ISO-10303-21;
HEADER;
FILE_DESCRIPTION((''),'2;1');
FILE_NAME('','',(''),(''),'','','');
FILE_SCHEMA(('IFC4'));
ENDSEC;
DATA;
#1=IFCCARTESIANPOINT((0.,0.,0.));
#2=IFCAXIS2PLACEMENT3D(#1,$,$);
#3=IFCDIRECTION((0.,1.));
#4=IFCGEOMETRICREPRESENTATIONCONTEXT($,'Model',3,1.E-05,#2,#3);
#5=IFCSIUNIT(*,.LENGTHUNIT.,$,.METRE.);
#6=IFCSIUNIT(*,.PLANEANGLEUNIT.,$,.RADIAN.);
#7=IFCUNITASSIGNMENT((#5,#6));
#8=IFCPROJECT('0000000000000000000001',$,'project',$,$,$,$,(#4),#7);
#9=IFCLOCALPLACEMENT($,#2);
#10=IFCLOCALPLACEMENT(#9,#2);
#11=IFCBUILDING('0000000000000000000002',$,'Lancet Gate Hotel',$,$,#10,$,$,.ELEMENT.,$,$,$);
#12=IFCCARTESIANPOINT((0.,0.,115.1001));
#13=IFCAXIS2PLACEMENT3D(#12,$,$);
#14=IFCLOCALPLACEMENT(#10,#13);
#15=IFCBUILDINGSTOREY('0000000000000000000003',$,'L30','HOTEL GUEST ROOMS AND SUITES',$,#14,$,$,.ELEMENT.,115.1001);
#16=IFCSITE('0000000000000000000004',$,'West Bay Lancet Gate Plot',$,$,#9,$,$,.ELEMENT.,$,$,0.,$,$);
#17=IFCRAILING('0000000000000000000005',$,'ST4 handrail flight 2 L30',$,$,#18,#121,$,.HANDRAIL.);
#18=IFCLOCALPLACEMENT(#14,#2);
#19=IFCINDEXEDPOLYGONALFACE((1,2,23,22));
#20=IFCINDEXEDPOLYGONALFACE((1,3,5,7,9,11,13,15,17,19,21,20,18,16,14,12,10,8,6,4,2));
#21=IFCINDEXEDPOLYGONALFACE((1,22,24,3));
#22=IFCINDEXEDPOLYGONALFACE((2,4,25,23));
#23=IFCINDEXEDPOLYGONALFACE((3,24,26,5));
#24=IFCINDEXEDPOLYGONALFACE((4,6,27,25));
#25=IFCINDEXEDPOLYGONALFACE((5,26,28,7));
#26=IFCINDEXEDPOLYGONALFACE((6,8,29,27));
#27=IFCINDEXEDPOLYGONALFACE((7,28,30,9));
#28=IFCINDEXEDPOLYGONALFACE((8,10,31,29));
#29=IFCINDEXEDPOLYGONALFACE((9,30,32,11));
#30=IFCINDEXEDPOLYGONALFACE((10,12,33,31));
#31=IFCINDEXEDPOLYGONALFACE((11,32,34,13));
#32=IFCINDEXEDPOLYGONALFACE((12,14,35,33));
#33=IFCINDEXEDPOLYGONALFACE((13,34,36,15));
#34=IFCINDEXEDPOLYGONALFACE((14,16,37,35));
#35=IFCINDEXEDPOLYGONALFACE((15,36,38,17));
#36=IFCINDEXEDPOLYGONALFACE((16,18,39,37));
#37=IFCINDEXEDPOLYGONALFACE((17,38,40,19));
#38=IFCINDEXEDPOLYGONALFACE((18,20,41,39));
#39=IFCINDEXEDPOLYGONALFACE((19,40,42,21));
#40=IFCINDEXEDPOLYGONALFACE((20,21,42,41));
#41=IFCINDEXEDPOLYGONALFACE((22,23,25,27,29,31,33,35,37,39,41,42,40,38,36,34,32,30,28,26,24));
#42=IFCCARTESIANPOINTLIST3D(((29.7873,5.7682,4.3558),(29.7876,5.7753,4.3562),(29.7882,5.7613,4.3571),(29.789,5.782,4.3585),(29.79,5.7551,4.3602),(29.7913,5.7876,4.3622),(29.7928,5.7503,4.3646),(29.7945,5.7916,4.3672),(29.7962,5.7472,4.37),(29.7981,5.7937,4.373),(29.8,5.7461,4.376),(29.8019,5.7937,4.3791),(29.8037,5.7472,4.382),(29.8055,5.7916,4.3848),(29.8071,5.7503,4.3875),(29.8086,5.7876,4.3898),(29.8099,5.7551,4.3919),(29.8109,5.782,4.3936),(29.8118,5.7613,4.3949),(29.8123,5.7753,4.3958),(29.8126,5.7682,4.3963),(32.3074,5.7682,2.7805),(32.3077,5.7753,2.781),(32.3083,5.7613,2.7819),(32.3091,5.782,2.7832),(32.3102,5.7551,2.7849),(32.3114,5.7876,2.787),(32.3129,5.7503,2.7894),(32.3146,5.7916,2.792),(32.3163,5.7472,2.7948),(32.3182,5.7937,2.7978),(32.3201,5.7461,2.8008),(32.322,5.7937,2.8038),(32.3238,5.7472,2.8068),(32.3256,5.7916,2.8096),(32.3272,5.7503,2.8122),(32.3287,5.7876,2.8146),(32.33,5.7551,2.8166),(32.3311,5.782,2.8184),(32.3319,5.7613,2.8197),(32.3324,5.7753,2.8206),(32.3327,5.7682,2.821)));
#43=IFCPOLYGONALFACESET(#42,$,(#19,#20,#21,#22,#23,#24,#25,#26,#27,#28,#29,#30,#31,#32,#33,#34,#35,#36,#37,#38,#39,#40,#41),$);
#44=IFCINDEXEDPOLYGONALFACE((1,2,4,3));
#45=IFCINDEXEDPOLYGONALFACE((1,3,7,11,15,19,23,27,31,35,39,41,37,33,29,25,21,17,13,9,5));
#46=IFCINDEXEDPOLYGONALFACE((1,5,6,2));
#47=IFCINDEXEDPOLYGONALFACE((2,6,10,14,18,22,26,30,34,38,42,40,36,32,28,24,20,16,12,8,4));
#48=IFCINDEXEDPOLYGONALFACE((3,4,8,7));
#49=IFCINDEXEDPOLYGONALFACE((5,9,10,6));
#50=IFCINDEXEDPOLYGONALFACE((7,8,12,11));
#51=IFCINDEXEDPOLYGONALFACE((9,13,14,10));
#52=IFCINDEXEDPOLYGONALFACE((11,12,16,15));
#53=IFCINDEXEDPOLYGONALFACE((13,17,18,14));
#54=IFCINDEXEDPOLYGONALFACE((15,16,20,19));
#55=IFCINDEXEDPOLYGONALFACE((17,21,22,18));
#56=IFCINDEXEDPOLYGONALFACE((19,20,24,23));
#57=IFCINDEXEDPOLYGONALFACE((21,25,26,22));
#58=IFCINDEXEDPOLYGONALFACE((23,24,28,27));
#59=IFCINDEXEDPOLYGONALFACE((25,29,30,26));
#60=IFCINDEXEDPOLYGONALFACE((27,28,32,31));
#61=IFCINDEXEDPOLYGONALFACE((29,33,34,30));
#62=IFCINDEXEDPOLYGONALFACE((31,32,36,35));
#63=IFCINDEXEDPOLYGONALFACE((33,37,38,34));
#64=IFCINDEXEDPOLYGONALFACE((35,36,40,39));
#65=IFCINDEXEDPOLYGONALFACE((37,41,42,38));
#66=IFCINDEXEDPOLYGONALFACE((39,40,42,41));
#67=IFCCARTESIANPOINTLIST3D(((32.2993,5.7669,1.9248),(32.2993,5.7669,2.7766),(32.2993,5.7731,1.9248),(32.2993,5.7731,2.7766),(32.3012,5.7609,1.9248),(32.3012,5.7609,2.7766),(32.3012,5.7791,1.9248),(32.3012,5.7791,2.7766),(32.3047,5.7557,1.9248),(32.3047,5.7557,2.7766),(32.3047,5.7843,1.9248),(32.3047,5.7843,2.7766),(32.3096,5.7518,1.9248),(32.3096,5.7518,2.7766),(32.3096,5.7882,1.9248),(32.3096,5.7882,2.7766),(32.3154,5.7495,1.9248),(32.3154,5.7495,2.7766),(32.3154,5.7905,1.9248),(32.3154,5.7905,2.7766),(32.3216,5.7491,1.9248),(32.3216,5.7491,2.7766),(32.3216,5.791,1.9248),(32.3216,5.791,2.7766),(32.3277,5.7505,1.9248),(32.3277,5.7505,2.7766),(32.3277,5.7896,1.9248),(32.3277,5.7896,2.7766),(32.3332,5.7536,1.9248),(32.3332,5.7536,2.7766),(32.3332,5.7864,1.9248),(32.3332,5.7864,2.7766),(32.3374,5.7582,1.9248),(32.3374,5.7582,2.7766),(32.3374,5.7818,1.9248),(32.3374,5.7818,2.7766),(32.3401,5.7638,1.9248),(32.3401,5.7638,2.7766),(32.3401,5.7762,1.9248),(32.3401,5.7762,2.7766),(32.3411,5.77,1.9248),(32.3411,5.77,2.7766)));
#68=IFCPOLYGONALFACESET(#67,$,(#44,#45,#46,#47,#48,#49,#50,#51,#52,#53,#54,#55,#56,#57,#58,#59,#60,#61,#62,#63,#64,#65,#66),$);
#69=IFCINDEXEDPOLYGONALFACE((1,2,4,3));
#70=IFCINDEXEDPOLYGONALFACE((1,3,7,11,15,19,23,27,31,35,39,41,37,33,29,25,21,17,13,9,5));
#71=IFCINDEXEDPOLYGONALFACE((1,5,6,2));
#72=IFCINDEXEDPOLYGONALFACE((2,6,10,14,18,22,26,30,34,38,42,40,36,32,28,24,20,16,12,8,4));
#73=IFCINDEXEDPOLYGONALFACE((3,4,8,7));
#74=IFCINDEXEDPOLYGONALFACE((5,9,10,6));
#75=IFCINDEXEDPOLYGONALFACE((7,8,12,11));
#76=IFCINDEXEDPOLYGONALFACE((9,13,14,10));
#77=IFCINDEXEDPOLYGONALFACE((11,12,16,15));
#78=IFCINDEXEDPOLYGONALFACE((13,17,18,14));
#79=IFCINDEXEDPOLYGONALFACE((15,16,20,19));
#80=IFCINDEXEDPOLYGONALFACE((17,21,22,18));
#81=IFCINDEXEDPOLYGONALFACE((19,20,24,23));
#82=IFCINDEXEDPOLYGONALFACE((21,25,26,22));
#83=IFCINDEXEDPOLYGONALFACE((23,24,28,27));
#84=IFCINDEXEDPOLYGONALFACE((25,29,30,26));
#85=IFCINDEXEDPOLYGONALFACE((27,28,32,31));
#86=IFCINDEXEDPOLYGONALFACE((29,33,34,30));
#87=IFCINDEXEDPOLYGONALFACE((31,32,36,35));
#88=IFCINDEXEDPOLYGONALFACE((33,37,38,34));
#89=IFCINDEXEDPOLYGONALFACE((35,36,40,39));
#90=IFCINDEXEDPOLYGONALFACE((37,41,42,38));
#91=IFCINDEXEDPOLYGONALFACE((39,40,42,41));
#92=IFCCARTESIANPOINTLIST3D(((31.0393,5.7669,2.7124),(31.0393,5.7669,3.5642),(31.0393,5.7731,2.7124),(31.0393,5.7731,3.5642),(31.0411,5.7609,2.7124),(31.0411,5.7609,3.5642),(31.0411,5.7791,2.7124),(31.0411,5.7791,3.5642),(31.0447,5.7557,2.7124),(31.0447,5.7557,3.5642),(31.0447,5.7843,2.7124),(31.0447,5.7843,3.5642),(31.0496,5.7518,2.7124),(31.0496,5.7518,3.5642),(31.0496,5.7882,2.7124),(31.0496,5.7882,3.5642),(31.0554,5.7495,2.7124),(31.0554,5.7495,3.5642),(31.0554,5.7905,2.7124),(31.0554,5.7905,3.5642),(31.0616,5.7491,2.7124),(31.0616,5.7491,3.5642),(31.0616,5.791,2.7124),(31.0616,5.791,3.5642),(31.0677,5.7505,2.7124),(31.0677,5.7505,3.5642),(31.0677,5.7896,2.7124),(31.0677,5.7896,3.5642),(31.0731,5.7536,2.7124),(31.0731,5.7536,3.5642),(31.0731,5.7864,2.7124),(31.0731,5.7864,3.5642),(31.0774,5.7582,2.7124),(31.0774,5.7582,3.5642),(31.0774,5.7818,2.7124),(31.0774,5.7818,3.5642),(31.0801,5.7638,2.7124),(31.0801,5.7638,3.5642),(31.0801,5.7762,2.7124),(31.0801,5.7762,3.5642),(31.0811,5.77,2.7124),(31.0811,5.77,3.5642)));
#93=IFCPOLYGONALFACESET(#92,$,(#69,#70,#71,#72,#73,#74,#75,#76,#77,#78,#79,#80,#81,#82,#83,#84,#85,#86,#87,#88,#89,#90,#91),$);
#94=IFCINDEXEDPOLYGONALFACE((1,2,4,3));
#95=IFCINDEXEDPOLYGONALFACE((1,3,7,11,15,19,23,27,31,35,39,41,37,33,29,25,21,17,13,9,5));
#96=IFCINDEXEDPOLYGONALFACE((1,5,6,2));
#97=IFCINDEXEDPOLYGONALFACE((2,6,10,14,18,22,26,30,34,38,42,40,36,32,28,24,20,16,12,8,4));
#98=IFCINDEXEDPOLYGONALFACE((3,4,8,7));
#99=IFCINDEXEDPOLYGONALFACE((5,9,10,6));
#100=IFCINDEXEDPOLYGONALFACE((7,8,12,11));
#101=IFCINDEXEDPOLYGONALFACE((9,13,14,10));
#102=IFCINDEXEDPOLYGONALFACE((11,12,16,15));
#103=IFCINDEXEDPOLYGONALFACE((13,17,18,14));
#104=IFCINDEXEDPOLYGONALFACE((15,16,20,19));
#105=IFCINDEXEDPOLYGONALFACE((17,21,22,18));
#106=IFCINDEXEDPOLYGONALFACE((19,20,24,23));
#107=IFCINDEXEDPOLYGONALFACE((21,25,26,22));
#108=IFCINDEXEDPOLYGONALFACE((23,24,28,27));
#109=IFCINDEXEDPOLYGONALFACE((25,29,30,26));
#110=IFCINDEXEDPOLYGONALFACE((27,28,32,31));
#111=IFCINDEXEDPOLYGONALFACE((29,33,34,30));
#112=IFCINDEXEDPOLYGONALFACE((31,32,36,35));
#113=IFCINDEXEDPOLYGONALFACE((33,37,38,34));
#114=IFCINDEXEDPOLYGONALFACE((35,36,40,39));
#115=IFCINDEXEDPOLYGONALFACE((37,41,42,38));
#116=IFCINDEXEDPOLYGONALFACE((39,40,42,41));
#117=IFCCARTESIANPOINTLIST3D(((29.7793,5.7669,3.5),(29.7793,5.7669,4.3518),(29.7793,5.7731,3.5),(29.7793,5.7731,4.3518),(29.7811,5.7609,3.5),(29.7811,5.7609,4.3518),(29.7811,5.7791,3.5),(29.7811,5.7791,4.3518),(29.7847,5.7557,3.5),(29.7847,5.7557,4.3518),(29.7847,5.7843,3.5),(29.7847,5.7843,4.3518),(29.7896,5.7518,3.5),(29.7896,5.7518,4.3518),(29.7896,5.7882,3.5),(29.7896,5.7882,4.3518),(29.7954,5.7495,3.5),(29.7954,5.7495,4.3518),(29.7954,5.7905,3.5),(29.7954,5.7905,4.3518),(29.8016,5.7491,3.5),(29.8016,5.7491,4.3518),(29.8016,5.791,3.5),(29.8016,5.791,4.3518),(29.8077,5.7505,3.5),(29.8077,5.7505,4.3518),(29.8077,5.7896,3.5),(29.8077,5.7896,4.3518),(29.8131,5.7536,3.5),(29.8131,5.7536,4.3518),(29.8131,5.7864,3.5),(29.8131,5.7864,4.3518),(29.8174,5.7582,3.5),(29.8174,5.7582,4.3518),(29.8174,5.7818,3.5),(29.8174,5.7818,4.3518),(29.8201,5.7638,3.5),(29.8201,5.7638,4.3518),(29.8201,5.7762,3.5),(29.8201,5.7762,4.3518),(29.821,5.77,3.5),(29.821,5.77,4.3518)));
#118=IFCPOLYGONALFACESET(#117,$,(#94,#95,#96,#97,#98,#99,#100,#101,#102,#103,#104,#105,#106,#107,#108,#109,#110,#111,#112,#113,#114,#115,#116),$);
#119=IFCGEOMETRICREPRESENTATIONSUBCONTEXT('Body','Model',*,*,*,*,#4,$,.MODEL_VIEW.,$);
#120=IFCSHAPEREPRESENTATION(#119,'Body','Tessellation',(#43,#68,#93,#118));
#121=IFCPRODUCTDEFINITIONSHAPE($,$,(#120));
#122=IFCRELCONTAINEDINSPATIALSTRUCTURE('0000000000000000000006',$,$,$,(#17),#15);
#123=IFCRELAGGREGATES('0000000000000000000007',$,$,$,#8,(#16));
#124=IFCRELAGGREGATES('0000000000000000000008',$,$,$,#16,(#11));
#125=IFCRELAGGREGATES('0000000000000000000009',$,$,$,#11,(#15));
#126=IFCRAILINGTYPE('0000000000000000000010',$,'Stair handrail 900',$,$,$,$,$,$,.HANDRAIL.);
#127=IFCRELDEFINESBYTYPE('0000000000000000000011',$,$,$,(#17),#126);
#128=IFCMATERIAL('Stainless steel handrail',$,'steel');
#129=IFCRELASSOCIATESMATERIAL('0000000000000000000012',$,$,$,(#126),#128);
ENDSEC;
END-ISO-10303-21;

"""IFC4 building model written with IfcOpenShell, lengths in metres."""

from ifc_helpers import new_model, si_unit, direction, frame, origin, origin_2d, place, context, subcontext, project, spatial, circle, extrude, material, type_object, element, save


model = new_model("IFC4")

# Units and contexts
model_context = context("Model", 3, precision=1e-05, world=origin(), true_north=direction((0.0, 1.0)))
body_context = subcontext(model_context, "Body", "Model", "MODEL_VIEW")
ifc_project = project(units=[si_unit("LENGTHUNIT", "METRE"), si_unit("PLANEANGLEUNIT", "RADIAN")], contexts=[model_context])

# Site, building, storey
site_placement = place(None, origin())
site = spatial("IfcSite", under=ifc_project, at=site_placement, Name="West Bay Lancet Gate Plot", CompositionType="ELEMENT", RefElevation=0.0)
building_placement = place(site_placement, origin())
building = spatial("IfcBuilding", under=site, at=building_placement, Name="Lancet Gate Hotel", CompositionType="ELEMENT")
storey_placement = place(building_placement, frame((0.0, 0.0, 115.1001)))
storey = spatial("IfcBuildingStorey", under=building, at=storey_placement, Name="L30", Description="HOTEL GUEST ROOMS AND SUITES", CompositionType="ELEMENT", Elevation=115.1001)

# Railing
ifc_material_1 = material(Name="Stainless steel handrail", Category="steel")
railing_type = type_object("IfcRailingType", Name="Stair handrail 900", PredefinedType="HANDRAIL", material=ifc_material_1)
railing_1_placement = place(storey_placement, frame((32.3201, 5.77, 1.9248)))
element("IfcRailing", 1, at=railing_1_placement, inside=storey, type_object=railing_type, Name="ST4 handrail flight 2 L30", PredefinedType="HANDRAIL", context=body_context, shape_type="SweptSolid", body=[
    extrude(circle(Radius=0.0239, at=origin_2d()), frame((0.0, 0.0, 0.876), z_axis=(-0.847971, 0.0, 0.530043), x_axis=(0.0, -1.0, 0.0)), (0.0, 0.0, 1.0), 2.9719),
    extrude(circle(Radius=0.021, at=origin_2d()), origin(), (0.0, 0.0, 1.0), 0.8518),
    extrude(circle(Radius=0.021, at=origin_2d()), frame((-1.26, 0.0, 0.7876)), (0.0, 0.0, 1.0), 0.8518),
    extrude(circle(Radius=0.021, at=origin_2d()), frame((-2.52, 0.0, 1.5752)), (0.0, 0.0, 1.0), 0.8518),
])

save(model, "model.ifc")
